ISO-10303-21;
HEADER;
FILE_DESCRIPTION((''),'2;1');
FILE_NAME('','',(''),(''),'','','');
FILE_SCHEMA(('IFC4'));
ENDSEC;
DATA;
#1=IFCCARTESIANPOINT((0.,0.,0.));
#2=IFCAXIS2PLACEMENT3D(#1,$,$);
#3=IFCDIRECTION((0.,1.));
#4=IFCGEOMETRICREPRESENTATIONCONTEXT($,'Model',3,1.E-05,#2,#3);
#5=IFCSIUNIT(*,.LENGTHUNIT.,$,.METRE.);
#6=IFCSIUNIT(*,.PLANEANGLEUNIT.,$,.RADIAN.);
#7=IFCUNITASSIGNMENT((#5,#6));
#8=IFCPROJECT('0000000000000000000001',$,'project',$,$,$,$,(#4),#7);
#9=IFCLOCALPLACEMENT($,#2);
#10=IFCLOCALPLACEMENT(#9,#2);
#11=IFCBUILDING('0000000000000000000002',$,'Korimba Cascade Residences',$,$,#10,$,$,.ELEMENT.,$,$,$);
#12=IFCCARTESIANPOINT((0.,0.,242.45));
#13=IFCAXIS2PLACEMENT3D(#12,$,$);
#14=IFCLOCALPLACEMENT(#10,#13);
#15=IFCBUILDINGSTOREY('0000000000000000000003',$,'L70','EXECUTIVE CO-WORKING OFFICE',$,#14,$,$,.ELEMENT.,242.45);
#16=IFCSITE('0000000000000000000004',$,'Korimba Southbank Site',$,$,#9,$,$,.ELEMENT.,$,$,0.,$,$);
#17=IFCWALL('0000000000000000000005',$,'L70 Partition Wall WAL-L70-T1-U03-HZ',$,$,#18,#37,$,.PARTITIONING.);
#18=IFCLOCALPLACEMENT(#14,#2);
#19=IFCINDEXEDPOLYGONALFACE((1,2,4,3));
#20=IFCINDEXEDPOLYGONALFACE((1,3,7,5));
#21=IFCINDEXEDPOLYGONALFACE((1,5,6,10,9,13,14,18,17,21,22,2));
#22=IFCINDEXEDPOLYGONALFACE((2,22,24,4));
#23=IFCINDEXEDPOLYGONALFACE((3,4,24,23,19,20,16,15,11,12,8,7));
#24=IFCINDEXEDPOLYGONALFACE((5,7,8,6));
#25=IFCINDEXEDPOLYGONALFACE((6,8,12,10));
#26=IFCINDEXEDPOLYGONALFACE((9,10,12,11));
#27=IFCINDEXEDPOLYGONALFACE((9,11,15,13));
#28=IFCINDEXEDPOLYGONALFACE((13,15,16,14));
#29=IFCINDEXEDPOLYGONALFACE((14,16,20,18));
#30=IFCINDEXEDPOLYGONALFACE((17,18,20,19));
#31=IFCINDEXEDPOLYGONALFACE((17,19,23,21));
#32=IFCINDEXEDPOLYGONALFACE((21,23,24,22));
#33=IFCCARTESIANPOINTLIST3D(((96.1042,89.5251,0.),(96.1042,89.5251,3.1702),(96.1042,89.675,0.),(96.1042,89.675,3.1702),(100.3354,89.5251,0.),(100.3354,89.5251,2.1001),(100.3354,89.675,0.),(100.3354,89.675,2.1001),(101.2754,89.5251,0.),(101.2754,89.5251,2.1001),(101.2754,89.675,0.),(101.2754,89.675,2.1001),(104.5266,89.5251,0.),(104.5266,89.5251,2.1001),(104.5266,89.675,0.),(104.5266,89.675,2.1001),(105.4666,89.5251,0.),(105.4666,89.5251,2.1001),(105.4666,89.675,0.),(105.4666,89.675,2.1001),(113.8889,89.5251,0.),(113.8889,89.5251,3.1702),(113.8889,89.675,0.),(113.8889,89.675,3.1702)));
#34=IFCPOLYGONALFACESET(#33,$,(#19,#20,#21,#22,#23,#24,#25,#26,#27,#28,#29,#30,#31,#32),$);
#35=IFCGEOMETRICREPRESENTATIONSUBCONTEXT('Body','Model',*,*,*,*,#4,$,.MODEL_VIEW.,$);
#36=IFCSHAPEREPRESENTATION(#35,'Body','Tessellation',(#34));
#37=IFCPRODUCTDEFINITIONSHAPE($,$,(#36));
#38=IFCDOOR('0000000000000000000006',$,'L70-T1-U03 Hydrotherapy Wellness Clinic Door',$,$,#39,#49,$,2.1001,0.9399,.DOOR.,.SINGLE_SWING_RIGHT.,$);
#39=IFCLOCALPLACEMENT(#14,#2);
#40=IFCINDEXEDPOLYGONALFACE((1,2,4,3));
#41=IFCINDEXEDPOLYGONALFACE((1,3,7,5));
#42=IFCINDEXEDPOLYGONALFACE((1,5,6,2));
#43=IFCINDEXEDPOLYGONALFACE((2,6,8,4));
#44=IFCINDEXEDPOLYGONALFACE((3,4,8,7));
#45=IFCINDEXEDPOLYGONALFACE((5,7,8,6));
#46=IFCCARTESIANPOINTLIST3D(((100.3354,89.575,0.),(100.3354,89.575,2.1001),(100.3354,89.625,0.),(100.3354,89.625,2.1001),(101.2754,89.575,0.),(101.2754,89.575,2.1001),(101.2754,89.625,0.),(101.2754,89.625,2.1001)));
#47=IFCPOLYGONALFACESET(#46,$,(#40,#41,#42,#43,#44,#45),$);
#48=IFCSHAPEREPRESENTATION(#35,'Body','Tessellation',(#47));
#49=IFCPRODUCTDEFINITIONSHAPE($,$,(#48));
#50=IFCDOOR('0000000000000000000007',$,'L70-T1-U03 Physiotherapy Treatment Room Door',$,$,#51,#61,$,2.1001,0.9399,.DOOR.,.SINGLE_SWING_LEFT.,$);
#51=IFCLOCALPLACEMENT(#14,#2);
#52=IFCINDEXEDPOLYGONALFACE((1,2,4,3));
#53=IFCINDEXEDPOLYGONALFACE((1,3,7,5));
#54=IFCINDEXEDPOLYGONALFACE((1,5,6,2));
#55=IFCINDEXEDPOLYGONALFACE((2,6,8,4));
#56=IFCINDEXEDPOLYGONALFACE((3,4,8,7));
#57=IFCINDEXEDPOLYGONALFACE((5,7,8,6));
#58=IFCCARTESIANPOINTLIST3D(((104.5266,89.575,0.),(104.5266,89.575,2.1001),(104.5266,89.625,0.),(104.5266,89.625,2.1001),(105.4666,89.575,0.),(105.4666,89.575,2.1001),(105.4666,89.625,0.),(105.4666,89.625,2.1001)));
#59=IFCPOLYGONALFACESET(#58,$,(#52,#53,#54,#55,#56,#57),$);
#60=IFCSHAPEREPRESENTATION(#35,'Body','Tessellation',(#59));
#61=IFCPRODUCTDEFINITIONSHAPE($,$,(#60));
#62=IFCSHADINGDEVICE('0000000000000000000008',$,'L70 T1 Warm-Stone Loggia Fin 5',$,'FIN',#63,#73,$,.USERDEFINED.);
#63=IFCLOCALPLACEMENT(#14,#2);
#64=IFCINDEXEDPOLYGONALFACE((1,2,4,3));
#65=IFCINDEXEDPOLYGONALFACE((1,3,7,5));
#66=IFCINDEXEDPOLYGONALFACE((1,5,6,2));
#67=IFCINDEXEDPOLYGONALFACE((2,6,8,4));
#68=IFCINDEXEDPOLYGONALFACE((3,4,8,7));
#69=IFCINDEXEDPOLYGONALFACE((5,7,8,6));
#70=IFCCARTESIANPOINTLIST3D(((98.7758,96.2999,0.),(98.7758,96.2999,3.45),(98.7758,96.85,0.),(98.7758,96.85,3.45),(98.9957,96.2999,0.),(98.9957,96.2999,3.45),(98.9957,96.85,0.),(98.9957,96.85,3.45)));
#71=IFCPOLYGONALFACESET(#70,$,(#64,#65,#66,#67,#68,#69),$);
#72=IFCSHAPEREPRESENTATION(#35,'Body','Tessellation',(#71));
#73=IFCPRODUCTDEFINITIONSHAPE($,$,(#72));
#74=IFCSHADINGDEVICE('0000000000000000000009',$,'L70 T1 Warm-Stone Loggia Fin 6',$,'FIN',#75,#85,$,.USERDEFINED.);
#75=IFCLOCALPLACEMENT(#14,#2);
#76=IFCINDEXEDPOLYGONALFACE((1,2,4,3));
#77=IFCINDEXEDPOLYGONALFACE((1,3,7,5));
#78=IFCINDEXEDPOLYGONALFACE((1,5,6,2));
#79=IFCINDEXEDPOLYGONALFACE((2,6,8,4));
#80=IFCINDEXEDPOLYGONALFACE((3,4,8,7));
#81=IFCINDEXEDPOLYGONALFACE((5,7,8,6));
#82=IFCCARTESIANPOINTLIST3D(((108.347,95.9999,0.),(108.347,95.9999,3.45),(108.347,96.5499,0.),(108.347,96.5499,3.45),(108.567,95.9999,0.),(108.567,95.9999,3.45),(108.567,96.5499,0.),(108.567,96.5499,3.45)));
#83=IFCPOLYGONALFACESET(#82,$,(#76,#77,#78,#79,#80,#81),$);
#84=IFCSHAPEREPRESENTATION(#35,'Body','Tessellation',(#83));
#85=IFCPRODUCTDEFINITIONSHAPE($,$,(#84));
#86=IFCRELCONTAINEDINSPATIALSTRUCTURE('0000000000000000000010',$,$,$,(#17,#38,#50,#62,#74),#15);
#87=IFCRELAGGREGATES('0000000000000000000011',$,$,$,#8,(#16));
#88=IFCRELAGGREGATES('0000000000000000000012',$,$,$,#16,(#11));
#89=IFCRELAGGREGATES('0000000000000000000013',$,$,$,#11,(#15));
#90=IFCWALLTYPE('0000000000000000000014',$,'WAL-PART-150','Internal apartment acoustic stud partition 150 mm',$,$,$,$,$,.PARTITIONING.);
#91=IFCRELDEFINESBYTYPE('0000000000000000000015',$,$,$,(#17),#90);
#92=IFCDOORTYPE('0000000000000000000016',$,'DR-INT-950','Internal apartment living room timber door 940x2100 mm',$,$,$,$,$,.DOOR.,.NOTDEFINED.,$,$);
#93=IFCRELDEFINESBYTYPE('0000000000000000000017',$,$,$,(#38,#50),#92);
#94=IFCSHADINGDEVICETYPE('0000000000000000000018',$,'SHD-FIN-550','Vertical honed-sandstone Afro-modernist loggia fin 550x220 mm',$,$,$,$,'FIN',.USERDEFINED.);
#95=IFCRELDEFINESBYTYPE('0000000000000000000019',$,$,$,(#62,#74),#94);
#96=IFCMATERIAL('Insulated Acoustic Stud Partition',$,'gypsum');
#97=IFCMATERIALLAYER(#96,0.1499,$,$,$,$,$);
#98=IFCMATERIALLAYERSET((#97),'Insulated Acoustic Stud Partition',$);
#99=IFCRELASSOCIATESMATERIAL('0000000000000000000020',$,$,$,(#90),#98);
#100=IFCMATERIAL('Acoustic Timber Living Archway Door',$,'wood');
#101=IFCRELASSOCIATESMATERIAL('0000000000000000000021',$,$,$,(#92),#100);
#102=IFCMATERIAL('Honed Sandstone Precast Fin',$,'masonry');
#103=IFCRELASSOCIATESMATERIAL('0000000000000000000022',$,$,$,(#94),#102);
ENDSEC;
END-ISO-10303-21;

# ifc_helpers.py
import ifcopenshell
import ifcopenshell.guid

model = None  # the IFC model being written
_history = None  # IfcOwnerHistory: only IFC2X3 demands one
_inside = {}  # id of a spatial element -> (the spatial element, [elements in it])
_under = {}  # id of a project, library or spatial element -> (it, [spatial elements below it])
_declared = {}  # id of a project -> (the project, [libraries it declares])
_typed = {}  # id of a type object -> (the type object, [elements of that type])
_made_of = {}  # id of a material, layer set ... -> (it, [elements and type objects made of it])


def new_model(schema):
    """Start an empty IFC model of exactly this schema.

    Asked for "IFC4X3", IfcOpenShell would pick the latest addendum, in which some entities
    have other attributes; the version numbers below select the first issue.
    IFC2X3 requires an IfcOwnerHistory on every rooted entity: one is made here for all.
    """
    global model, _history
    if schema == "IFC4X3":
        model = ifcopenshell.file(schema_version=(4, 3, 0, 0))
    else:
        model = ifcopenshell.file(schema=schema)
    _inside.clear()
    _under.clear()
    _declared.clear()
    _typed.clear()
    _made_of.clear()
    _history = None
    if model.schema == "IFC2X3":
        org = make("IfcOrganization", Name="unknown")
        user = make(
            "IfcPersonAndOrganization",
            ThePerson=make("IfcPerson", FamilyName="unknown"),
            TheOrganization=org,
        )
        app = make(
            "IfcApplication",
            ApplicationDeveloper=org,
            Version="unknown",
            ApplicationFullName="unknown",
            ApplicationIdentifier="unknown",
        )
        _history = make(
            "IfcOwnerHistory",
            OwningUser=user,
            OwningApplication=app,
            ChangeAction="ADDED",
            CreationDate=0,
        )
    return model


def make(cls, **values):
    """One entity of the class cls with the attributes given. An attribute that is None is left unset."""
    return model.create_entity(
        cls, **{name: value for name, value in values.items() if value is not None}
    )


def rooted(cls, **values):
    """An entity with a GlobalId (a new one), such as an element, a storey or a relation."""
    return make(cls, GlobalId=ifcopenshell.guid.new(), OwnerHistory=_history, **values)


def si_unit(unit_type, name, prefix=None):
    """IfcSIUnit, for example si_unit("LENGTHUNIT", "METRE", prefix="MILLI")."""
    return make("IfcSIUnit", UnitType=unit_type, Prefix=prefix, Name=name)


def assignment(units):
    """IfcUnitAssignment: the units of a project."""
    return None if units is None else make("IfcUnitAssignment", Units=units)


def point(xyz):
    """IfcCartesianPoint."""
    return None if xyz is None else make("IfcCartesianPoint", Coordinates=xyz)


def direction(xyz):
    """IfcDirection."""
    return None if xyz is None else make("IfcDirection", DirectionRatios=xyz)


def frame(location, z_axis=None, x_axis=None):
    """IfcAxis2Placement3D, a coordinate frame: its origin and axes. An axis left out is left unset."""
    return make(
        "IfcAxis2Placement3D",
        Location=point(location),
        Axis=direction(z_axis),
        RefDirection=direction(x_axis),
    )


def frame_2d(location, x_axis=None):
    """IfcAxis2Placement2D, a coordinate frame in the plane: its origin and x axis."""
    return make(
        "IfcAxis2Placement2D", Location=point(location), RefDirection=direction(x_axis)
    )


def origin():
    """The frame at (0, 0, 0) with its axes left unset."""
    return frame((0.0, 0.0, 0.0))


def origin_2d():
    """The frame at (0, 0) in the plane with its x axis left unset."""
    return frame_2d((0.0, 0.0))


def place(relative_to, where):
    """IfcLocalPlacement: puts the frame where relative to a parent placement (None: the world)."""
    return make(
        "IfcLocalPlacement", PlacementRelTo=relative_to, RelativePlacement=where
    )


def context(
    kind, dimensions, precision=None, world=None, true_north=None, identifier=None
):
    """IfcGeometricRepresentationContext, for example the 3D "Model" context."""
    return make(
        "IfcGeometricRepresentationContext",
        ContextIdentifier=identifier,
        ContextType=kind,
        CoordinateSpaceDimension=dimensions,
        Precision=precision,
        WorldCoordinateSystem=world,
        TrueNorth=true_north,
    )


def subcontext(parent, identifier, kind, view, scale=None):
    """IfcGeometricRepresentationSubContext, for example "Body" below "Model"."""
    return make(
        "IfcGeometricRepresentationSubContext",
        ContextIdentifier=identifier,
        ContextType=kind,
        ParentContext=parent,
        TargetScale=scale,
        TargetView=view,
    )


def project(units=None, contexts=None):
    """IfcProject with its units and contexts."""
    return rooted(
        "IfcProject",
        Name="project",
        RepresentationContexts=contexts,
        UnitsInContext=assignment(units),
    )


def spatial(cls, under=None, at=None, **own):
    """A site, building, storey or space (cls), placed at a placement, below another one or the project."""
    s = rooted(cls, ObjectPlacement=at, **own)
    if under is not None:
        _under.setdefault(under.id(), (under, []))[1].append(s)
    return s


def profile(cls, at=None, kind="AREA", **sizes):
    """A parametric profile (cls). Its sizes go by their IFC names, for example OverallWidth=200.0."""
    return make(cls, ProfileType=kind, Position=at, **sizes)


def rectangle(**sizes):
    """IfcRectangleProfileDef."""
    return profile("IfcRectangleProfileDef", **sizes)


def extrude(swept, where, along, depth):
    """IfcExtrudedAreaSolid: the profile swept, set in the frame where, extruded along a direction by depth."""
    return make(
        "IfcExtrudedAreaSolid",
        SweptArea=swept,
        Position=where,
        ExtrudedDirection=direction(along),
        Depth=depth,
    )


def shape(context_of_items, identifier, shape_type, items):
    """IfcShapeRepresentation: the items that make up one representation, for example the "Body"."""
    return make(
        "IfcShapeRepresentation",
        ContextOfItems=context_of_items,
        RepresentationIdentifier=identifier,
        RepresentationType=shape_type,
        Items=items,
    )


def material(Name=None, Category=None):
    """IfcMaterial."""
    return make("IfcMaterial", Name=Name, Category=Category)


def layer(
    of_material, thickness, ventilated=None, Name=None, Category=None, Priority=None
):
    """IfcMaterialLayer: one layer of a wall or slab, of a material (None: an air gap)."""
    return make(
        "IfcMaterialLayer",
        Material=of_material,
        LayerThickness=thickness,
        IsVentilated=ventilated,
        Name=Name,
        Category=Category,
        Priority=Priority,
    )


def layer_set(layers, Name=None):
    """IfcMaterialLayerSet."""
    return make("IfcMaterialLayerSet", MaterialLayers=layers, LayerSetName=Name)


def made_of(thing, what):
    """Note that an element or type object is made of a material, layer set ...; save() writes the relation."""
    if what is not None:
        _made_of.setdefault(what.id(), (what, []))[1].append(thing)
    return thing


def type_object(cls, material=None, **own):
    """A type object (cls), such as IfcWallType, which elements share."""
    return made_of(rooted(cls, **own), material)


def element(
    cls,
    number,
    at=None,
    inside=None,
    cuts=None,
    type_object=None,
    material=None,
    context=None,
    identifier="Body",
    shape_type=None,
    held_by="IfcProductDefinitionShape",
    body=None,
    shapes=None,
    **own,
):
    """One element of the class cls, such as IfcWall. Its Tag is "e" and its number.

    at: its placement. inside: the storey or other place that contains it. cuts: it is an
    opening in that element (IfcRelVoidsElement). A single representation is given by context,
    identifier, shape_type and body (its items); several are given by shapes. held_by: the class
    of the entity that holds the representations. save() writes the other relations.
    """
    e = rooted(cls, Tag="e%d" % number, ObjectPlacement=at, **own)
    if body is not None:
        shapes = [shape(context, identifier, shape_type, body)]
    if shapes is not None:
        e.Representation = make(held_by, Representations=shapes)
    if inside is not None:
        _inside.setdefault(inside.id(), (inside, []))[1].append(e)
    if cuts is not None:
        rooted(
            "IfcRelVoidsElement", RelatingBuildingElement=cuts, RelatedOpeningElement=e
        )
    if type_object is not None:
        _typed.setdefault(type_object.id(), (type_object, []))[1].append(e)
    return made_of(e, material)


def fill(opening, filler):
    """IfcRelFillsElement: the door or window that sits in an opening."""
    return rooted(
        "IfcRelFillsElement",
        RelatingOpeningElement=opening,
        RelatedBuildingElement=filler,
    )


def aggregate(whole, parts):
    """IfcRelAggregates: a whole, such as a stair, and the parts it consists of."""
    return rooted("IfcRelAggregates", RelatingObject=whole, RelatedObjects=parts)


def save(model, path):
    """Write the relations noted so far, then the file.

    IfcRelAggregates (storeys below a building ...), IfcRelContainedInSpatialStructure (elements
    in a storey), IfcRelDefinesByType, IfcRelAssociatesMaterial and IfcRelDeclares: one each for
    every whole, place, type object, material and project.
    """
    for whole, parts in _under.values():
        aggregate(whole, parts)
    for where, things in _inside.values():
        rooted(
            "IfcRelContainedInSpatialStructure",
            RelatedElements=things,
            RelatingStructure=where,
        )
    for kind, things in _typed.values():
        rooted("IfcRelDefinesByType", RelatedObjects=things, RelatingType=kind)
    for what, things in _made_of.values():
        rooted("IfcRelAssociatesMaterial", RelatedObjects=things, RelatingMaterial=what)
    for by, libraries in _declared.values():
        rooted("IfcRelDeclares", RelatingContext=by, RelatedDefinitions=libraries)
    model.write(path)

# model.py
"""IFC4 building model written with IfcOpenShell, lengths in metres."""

from ifc_helpers import new_model, si_unit, direction, frame, frame_2d, origin, origin_2d, place, context, subcontext, project, spatial, rectangle, extrude, material, layer, layer_set, type_object, element, fill, save


model = new_model("IFC4")

# Units and contexts
model_context = context("Model", 3, precision=1e-05, world=origin(), true_north=direction((0.0, 1.0)))
body_context = subcontext(model_context, "Body", "Model", "MODEL_VIEW")
ifc_project = project(units=[si_unit("LENGTHUNIT", "METRE"), si_unit("PLANEANGLEUNIT", "RADIAN")], contexts=[model_context])

# Site, building, storey
site_placement = place(None, origin())
site = spatial("IfcSite", under=ifc_project, at=site_placement, Name="Korimba Southbank Site", CompositionType="ELEMENT", RefElevation=0.0)
building_placement = place(site_placement, origin())
building = spatial("IfcBuilding", under=site, at=building_placement, Name="Korimba Cascade Residences", CompositionType="ELEMENT")
storey_placement = place(building_placement, frame((0.0, 0.0, 242.45)))
storey = spatial("IfcBuildingStorey", under=building, at=storey_placement, Name="L70", Description="EXECUTIVE CO-WORKING OFFICE", CompositionType="ELEMENT", Elevation=242.45)

# Shared definitions
ifc_material_1 = material(Name="Insulated Acoustic Stud Partition", Category="gypsum")
ifc_layer_1 = layer(ifc_material_1, 0.1499)
ifc_layer_set_1 = layer_set([ifc_layer_1], Name="Insulated Acoustic Stud Partition")
wall_type_1 = type_object("IfcWallType", Name="WAL-PART-150", Description="Internal apartment acoustic stud partition 150 mm", PredefinedType="PARTITIONING", material=ifc_layer_set_1)
ifc_material_2 = material(Name="Acoustic Timber Living Archway Door", Category="wood")
door_type_1 = type_object("IfcDoorType", Name="DR-INT-950", Description="Internal apartment living room timber door 940x2100 mm", OperationType="NOTDEFINED", PredefinedType="DOOR", material=ifc_material_2)

# Wall, openings, doors
wall_1_placement = place(storey_placement, frame((96.1042, 89.6001, 0.0), z_axis=(0.0, 0.0, 1.0), x_axis=(1.0, 0.0, 0.0)))
wall_1 = element("IfcWall", 1, at=wall_1_placement, inside=storey, type_object=wall_type_1, Name="L70 Partition Wall WAL-L70-T1-U03-HZ", PredefinedType="PARTITIONING", context=body_context, shape_type="SweptSolid", body=[
    extrude(rectangle(XDim=17.7847, YDim=0.1499, at=frame_2d((8.8923, 0.0))), origin(), (0.0, 0.0, 1.0), 3.1702),
])
opening_1_placement = place(wall_1_placement, frame((4.2312, 0.0, 0.0)))
opening_1 = element("IfcOpeningElement", 2, at=opening_1_placement, cuts=wall_1, PredefinedType="OPENING", context=body_context, shape_type="SweptSolid", body=[
    extrude(rectangle(XDim=0.9399, YDim=2.1001, at=frame_2d((0.47, 1.05))), frame((0.0, 0.085, 0.0), z_axis=(0.0, -1.0, 0.0), x_axis=(1.0, 0.0, 0.0)), (0.0, 0.0, 1.0), 0.1699),
])
opening_2_placement = place(wall_1_placement, frame((8.4224, 0.0, 0.0)))
opening_2 = element("IfcOpeningElement", 3, at=opening_2_placement, cuts=wall_1, PredefinedType="OPENING", context=body_context, shape_type="SweptSolid", body=[
    extrude(rectangle(XDim=0.9399, YDim=2.1001, at=frame_2d((0.47, 1.05))), frame((0.0, 0.085, 0.0), z_axis=(0.0, -1.0, 0.0), x_axis=(1.0, 0.0, 0.0)), (0.0, 0.0, 1.0), 0.1699),
])
door_1_placement = place(opening_1_placement, origin())
door_1 = element("IfcDoor", 4, at=door_1_placement, inside=storey, type_object=door_type_1, Name="L70-T1-U03 Hydrotherapy Wellness Clinic Door", OperationType="SINGLE_SWING_RIGHT", OverallHeight=2.1001, OverallWidth=0.9399, PredefinedType="DOOR", context=body_context, shape_type="SweptSolid", body=[
    extrude(rectangle(XDim=0.9399, YDim=2.1001, at=frame_2d((0.47, 1.05))), frame((0.0, 0.0249, 0.0), z_axis=(0.0, -1.0, 0.0), x_axis=(1.0, 0.0, 0.0)), (0.0, 0.0, 1.0), 0.05),
])
fill(opening_1, door_1)
door_2_placement = place(opening_2_placement, origin())
door_2 = element("IfcDoor", 5, at=door_2_placement, inside=storey, type_object=door_type_1, Name="L70-T1-U03 Physiotherapy Treatment Room Door", OperationType="SINGLE_SWING_LEFT", OverallHeight=2.1001, OverallWidth=0.9399, PredefinedType="DOOR", context=body_context, shape_type="SweptSolid", body=[
    extrude(rectangle(XDim=0.9399, YDim=2.1001, at=frame_2d((0.47, 1.05))), frame((0.0, 0.0249, 0.0), z_axis=(0.0, -1.0, 0.0), x_axis=(1.0, 0.0, 0.0)), (0.0, 0.0, 1.0), 0.05),
])
fill(opening_2, door_2)

# Shading devices
ifc_material_3 = material(Name="Honed Sandstone Precast Fin", Category="masonry")
shading_device_type = type_object("IfcShadingDeviceType", Name="SHD-FIN-550", Description="Vertical honed-sandstone Afro-modernist loggia fin 550x220 mm", ElementType="FIN", PredefinedType="USERDEFINED", material=ifc_material_3)
for number, where, z_axis, x_axis, name in (
    (6, (98.8857, 96.575, 0.0), (0.0, 0.0, 1.0), (1.0, 0.0, 0.0), "L70 T1 Warm-Stone Loggia Fin 5"),
    (7, (108.457, 96.2749, 0.0), (0.0, 0.0, 1.0), (1.0, 0.0, 0.0), "L70 T1 Warm-Stone Loggia Fin 6"),
):
    element("IfcShadingDevice", number, at=place(storey_placement, frame(where, z_axis=z_axis, x_axis=x_axis)), inside=storey, type_object=shading_device_type, Name=name, ObjectType="FIN", PredefinedType="USERDEFINED", context=body_context, shape_type="SweptSolid", body=[
        extrude(rectangle(XDim=0.22, YDim=0.55, at=origin_2d()), origin(), (0.0, 0.0, 1.0), 3.45),
    ])

save(model, "model.ifc")
